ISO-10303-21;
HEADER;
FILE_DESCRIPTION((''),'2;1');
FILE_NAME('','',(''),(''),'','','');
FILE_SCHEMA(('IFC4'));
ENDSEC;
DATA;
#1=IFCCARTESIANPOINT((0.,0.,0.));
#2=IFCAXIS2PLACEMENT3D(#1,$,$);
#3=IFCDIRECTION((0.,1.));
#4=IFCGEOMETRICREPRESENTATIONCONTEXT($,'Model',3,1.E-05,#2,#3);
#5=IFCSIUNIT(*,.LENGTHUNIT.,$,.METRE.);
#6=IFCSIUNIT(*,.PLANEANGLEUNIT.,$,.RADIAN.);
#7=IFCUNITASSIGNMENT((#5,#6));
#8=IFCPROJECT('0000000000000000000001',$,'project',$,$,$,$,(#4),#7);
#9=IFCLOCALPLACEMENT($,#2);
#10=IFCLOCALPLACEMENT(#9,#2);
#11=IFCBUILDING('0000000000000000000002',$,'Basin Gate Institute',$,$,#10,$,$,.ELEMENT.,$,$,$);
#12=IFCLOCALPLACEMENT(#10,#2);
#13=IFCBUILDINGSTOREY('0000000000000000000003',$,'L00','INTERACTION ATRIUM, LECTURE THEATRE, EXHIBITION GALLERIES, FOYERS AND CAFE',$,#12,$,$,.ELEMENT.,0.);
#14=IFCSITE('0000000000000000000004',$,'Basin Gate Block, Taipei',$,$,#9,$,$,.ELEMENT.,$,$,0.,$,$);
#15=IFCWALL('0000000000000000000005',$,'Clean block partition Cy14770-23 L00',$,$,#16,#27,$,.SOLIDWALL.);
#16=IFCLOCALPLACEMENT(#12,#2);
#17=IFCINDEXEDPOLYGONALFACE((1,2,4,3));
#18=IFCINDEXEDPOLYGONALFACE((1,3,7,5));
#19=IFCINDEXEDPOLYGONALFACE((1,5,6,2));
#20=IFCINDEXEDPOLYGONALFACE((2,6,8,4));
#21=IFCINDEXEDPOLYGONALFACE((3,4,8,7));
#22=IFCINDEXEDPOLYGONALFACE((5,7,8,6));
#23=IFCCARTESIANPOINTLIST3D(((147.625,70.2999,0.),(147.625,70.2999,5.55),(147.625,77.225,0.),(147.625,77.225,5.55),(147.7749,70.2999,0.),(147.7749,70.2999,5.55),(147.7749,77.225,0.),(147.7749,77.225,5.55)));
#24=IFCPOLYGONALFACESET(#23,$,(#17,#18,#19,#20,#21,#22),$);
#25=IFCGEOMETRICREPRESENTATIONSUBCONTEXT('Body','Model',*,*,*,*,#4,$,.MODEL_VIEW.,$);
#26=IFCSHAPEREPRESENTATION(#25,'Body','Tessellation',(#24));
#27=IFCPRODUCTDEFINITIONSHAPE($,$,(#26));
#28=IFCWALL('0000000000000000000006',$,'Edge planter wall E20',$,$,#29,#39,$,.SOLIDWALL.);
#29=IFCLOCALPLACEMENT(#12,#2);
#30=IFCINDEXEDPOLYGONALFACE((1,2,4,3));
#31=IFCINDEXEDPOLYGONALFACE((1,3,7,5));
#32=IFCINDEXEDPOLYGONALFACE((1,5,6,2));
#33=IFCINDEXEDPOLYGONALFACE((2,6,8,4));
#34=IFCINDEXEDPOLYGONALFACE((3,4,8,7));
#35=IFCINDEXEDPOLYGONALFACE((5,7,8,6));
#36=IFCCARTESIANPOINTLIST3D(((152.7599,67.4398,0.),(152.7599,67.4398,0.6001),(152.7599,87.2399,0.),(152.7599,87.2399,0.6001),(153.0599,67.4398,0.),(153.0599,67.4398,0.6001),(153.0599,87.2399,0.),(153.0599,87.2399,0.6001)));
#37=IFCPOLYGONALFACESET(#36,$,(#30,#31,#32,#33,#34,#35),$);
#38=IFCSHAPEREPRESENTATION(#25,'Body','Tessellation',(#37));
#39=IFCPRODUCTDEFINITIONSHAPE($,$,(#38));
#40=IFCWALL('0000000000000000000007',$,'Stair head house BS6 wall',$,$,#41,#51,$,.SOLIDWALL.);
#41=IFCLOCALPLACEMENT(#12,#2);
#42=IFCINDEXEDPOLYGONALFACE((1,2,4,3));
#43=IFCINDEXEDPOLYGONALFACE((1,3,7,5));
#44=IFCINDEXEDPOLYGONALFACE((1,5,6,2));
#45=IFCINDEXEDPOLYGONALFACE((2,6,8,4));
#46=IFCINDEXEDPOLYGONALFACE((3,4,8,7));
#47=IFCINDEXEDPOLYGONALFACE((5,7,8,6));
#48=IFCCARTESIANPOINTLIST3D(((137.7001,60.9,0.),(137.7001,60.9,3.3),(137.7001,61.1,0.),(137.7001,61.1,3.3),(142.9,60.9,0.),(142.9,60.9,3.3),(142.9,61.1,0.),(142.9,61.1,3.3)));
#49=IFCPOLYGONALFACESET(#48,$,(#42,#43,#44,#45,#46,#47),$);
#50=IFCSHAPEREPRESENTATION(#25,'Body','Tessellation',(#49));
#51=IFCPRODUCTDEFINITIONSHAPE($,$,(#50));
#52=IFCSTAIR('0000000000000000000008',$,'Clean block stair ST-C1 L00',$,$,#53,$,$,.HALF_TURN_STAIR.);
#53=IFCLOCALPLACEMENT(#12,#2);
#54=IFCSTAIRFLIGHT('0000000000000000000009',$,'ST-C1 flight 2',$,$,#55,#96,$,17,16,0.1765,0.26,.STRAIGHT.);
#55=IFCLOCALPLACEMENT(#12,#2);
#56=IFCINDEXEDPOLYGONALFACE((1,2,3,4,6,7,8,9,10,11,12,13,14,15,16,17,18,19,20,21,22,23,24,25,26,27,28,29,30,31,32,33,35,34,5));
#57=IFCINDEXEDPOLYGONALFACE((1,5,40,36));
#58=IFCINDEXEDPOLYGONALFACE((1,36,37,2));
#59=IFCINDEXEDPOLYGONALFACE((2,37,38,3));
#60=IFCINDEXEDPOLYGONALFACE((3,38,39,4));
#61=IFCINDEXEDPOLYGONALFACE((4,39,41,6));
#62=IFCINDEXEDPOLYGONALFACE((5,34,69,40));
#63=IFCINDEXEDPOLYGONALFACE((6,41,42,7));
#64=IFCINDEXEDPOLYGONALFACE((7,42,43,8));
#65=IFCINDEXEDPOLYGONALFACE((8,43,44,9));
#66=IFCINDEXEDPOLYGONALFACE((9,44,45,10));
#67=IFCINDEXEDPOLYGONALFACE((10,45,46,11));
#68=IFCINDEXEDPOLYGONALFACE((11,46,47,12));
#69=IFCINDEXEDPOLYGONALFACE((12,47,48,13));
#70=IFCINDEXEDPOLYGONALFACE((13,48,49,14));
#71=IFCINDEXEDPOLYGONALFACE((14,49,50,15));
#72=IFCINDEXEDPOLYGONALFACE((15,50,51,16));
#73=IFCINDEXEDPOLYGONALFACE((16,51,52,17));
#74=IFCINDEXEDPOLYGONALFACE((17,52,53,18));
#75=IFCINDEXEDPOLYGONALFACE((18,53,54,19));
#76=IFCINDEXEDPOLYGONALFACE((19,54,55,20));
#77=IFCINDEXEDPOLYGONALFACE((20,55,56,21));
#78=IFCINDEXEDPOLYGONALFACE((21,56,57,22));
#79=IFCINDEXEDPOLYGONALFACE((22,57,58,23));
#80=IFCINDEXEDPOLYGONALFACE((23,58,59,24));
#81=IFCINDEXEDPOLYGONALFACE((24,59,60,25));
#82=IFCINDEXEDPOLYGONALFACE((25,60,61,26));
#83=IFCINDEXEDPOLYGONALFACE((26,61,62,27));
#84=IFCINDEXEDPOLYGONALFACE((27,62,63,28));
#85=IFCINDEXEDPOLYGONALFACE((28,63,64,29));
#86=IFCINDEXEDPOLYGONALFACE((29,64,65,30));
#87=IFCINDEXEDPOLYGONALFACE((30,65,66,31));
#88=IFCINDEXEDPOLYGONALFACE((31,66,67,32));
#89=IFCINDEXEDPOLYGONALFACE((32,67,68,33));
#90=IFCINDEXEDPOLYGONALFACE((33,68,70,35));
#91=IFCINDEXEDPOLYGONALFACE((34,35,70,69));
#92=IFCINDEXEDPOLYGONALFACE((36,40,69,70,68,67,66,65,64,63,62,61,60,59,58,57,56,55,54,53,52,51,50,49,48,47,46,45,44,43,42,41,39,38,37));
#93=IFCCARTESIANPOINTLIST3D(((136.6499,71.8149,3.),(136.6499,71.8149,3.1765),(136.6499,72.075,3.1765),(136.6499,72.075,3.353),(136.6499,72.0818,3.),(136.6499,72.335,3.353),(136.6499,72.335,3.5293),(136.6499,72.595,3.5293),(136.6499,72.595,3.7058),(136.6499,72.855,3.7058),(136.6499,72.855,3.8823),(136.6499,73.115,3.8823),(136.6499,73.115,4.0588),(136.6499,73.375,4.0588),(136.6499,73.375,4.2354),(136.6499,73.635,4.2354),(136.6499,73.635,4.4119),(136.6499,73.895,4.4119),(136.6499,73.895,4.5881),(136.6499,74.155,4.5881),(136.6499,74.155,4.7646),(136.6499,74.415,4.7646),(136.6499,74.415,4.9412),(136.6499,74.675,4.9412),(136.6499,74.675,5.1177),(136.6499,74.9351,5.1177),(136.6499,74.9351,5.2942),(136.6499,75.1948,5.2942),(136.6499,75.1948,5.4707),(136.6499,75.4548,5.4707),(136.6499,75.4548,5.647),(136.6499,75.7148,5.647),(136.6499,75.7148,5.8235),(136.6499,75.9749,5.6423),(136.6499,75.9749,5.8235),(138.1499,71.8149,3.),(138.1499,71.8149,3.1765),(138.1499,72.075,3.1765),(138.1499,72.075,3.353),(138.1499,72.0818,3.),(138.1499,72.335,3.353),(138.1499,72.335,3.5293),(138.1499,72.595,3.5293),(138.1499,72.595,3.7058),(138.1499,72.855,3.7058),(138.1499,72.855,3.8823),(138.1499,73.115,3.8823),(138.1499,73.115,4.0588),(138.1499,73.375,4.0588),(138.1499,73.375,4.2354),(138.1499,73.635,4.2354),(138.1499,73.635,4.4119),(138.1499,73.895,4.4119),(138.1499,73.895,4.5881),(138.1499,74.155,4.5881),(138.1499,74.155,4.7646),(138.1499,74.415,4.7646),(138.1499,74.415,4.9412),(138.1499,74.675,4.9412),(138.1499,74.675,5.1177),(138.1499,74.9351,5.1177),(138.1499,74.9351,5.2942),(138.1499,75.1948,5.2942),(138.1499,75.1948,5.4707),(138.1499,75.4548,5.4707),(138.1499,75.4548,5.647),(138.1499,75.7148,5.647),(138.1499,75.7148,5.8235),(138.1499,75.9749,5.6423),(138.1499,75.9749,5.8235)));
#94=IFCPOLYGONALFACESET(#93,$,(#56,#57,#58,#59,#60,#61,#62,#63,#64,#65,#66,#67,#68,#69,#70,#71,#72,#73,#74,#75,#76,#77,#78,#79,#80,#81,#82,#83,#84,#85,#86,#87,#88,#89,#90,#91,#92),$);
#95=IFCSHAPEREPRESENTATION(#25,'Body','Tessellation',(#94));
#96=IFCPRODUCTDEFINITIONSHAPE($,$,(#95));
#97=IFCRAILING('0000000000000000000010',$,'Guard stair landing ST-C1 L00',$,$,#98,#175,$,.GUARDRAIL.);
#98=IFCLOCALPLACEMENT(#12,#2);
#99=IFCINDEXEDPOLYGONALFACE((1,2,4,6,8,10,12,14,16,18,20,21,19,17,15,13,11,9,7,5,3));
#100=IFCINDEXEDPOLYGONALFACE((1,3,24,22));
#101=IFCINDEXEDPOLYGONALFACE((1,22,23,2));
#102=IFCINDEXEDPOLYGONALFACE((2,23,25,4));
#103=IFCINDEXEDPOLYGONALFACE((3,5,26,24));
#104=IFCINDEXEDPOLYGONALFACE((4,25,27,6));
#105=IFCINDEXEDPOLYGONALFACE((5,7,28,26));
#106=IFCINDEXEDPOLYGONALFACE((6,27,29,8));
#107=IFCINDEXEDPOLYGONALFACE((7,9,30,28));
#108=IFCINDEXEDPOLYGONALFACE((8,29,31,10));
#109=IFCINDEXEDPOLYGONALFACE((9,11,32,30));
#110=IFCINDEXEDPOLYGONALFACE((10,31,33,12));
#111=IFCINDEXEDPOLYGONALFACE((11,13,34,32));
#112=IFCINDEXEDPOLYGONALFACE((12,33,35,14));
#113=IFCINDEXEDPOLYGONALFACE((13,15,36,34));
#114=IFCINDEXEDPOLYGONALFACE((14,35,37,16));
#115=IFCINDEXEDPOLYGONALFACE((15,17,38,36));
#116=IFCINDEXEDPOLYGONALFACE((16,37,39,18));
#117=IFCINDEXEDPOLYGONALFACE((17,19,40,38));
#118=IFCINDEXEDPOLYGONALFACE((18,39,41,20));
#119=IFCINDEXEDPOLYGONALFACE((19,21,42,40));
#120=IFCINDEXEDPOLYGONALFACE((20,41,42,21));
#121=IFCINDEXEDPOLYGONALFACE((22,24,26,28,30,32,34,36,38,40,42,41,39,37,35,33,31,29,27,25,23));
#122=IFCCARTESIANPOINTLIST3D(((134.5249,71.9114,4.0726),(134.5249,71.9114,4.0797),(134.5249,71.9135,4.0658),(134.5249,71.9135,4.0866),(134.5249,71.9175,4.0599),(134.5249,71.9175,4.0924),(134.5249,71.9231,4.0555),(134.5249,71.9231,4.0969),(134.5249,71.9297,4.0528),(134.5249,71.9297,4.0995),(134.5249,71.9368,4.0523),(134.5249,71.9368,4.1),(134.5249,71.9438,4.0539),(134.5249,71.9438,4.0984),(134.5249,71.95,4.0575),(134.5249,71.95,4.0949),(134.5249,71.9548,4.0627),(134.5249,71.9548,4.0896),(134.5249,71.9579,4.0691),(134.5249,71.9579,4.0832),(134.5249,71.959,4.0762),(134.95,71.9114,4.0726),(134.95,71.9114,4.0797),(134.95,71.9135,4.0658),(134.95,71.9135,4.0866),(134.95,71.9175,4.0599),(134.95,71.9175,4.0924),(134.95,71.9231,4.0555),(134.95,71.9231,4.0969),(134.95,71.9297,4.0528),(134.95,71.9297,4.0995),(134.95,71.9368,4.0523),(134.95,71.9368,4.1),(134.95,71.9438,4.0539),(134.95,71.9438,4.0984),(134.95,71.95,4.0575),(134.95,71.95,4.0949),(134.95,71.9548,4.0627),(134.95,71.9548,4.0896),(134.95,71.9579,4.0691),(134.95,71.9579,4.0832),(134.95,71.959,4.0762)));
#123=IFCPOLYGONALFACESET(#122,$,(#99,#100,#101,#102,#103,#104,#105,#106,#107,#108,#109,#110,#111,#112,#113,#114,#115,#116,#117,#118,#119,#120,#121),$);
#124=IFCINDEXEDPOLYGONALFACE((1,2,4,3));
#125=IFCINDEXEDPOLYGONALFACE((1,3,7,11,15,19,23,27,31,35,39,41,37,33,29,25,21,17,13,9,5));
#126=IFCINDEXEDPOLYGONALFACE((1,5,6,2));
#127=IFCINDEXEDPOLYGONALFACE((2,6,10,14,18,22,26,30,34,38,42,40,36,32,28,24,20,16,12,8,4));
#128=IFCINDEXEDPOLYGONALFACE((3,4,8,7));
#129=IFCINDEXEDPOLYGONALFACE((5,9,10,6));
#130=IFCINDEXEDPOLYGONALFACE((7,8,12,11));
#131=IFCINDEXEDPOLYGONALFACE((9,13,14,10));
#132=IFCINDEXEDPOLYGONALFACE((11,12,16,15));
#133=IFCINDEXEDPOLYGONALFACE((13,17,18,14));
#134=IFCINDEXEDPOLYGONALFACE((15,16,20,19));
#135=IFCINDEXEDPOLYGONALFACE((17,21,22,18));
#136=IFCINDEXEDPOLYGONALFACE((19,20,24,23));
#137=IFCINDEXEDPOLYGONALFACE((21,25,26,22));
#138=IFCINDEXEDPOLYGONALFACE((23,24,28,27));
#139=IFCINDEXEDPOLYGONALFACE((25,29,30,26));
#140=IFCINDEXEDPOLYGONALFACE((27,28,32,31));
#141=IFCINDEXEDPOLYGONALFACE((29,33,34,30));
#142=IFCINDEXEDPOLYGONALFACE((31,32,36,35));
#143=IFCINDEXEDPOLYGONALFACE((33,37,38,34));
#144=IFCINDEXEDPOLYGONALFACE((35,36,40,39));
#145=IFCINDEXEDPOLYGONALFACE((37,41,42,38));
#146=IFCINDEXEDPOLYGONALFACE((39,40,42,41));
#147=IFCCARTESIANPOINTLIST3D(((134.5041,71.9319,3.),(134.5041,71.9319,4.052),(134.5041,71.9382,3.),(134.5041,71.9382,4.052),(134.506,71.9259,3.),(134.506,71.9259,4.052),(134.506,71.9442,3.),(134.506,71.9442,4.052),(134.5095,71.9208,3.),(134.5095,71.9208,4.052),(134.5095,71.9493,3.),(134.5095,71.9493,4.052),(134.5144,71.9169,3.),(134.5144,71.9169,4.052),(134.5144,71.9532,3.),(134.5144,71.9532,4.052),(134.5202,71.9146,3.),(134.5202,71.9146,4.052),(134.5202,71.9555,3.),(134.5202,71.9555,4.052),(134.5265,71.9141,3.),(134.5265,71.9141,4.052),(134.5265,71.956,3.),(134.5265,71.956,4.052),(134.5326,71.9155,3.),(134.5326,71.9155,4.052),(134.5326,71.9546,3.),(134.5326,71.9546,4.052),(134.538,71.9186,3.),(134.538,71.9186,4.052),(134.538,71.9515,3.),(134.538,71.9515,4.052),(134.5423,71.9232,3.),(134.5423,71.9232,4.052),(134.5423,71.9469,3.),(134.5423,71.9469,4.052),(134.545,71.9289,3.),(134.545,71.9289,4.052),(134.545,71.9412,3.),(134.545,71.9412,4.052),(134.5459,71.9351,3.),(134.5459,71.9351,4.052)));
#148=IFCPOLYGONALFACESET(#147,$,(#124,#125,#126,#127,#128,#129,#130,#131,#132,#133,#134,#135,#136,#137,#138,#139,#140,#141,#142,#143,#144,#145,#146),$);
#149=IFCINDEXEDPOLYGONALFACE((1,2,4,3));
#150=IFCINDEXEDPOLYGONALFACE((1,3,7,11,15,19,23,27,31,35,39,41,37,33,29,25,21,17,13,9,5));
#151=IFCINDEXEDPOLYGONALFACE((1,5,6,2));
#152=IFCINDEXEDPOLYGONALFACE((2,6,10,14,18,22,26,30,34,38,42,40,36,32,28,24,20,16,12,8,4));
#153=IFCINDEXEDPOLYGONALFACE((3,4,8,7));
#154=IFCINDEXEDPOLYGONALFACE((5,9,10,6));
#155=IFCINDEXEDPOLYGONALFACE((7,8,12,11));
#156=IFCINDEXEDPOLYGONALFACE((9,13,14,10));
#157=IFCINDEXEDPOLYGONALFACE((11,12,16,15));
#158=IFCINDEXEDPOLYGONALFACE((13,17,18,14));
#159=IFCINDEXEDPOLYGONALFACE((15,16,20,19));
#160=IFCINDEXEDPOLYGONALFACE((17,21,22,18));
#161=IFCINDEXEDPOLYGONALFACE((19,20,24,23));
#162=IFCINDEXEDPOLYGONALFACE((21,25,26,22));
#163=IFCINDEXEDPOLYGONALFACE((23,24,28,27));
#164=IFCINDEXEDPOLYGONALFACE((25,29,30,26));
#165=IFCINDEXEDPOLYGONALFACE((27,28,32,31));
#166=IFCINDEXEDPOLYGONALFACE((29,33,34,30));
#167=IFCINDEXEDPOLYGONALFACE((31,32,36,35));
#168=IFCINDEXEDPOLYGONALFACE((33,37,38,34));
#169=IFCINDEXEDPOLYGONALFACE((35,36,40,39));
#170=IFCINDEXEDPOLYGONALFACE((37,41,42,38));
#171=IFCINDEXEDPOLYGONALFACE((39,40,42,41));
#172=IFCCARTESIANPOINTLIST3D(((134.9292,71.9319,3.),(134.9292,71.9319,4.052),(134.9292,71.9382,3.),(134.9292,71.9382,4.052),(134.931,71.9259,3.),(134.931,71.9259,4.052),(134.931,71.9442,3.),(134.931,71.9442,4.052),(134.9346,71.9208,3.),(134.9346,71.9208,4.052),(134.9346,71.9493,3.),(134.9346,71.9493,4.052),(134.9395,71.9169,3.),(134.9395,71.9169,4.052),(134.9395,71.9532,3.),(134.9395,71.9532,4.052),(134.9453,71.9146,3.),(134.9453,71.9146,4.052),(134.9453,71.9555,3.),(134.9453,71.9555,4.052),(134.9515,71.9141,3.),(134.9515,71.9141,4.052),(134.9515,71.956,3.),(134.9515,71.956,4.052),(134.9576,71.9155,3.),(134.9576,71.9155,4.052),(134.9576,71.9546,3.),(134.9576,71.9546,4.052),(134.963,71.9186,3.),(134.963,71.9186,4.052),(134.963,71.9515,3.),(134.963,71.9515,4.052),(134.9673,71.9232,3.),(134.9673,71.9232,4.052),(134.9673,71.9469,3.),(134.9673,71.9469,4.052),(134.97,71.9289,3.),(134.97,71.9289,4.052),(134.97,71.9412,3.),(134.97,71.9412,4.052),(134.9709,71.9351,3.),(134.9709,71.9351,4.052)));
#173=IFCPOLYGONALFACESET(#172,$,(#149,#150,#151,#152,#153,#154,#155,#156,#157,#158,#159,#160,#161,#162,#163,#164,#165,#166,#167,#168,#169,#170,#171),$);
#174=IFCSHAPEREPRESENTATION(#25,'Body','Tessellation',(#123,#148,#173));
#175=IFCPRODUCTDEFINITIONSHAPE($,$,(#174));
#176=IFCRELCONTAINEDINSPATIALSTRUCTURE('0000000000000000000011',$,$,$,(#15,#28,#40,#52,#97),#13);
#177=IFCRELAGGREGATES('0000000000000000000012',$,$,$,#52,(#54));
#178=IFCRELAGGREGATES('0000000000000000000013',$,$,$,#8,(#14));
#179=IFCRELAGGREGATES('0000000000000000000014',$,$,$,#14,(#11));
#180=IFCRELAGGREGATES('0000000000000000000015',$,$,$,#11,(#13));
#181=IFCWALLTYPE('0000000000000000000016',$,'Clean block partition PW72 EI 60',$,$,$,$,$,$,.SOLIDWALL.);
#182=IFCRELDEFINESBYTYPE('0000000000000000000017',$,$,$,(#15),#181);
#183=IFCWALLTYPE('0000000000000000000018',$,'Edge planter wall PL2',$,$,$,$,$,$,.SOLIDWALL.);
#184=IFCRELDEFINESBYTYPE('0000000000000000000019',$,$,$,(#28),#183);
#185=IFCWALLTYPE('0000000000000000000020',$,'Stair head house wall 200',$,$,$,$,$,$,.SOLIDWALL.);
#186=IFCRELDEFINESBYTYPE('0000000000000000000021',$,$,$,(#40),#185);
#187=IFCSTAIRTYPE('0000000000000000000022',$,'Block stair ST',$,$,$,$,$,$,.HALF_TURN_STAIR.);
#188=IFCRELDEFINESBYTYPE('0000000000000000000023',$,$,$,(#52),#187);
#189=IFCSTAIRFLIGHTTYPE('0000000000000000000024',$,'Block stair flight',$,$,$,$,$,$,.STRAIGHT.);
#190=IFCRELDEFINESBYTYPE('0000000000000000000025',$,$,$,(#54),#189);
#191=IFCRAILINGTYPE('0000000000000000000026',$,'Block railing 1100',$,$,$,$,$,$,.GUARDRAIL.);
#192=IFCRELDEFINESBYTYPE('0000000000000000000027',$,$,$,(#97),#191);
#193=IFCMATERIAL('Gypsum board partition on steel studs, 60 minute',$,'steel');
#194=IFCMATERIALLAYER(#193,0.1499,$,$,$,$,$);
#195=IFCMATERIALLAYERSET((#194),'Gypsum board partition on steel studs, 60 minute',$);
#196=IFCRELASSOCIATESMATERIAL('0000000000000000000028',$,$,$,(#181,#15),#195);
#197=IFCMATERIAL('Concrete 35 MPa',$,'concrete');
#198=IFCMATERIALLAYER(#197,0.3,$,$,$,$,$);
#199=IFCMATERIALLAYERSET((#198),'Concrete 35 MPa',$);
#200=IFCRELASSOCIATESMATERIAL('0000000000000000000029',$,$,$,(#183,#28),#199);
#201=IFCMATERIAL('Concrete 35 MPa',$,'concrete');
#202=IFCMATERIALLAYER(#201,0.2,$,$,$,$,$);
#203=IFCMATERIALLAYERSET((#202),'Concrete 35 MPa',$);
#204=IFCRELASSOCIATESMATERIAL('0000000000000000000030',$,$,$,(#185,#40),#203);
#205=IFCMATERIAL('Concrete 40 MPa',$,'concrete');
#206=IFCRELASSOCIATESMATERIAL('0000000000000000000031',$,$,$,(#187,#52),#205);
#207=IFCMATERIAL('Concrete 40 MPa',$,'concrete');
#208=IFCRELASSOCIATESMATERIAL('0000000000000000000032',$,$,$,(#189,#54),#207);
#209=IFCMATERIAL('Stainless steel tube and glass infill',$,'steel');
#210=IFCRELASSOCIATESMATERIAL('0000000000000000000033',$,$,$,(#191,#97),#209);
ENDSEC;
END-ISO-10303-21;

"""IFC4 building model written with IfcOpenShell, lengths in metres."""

from ifc_helpers import new_model, si_unit, direction, frame, frame_2d, origin, origin_2d, place, context, subcontext, project, spatial, polyline, rectangle, circle, outline, extrude, material, layer, layer_set, type_object, element, aggregate, save


model = new_model("IFC4")

# Units and contexts
model_context = context("Model", 3, precision=1e-05, world=origin(), true_north=direction((0.0, 1.0)))
body_context = subcontext(model_context, "Body", "Model", "MODEL_VIEW")
ifc_project = project(units=[si_unit("LENGTHUNIT", "METRE"), si_unit("PLANEANGLEUNIT", "RADIAN")], contexts=[model_context])

# Site, building, storey
site_placement = place(None, origin())
site = spatial("IfcSite", under=ifc_project, at=site_placement, Name="Basin Gate Block, Taipei", CompositionType="ELEMENT", RefElevation=0.0)
building_placement = place(site_placement, origin())
building = spatial("IfcBuilding", under=site, at=building_placement, Name="Basin Gate Institute", CompositionType="ELEMENT")
storey_placement = place(building_placement, origin())
storey = spatial("IfcBuildingStorey", under=building, at=storey_placement, Name="L00", Description="INTERACTION ATRIUM, LECTURE THEATRE, EXHIBITION GALLERIES, FOYERS AND CAFE", CompositionType="ELEMENT", Elevation=0.0)

# Shared definitions
ifc_material_1 = material(Name="Gypsum board partition on steel studs, 60 minute", Category="steel")
ifc_layer_1 = layer(ifc_material_1, 0.1499)
ifc_layer_set_1 = layer_set([ifc_layer_1], Name="Gypsum board partition on steel studs, 60 minute")
wall_type_1 = type_object("IfcWallType", Name="Clean block partition PW72 EI 60", PredefinedType="SOLIDWALL", material=ifc_layer_set_1)

# Walls
wall_1_placement = place(storey_placement, frame((147.7, 70.3, 0.0), z_axis=(0.0, 0.0, 1.0), x_axis=(0.0, 1.0, 0.0)))
element("IfcWall", 1, at=wall_1_placement, inside=storey, type_object=wall_type_1, material=ifc_layer_set_1, Name="Clean block partition Cy14770-23 L00", PredefinedType="SOLIDWALL", context=body_context, shape_type="SweptSolid", body=[
    extrude(rectangle(XDim=6.925, YDim=0.1499, at=frame_2d((3.4624, 0.0))), origin(), (0.0, 0.0, 1.0), 5.55),
])
ifc_material_2 = material(Name="Concrete 35 MPa", Category="concrete")
ifc_layer_2 = layer(ifc_material_2, 0.3)
ifc_layer_set_2 = layer_set([ifc_layer_2], Name="Concrete 35 MPa")
wall_type_2 = type_object("IfcWallType", Name="Edge planter wall PL2", PredefinedType="SOLIDWALL", material=ifc_layer_set_2)
wall_2_placement = place(storey_placement, frame((152.9099, 67.4399, 0.0), z_axis=(0.0, 0.0, 1.0), x_axis=(0.0, 1.0, 0.0)))
element("IfcWall", 2, at=wall_2_placement, inside=storey, type_object=wall_type_2, material=ifc_layer_set_2, Name="Edge planter wall E20", PredefinedType="SOLIDWALL", context=body_context, shape_type="SweptSolid", body=[
    extrude(rectangle(XDim=19.8, YDim=0.3, at=frame_2d((9.8999, 0.0))), origin(), (0.0, 0.0, 1.0), 0.6001),
])
ifc_material_3 = material(Name="Concrete 35 MPa", Category="concrete")
ifc_layer_3 = layer(ifc_material_3, 0.2)
ifc_layer_set_3 = layer_set([ifc_layer_3], Name="Concrete 35 MPa")
wall_type_3 = type_object("IfcWallType", Name="Stair head house wall 200", PredefinedType="SOLIDWALL", material=ifc_layer_set_3)
wall_3_placement = place(storey_placement, frame((137.7, 61.0, 0.0), z_axis=(0.0, 0.0, 1.0), x_axis=(1.0, 0.0, 0.0)))
element("IfcWall", 3, at=wall_3_placement, inside=storey, type_object=wall_type_3, material=ifc_layer_set_3, Name="Stair head house BS6 wall", PredefinedType="SOLIDWALL", context=body_context, shape_type="SweptSolid", body=[
    extrude(rectangle(XDim=5.2, YDim=0.2, at=frame_2d((2.6001, 0.0))), origin(), (0.0, 0.0, 1.0), 3.3),
])

# Stair, stair flight
ifc_material_4 = material(Name="Concrete 40 MPa", Category="concrete")
stair_type = type_object("IfcStairType", Name="Block stair ST", PredefinedType="HALF_TURN_STAIR", material=ifc_material_4)
stair_placement = place(storey_placement, origin())
stair = element("IfcStair", 4, at=stair_placement, inside=storey, type_object=stair_type, material=ifc_material_4, Name="Clean block stair ST-C1 L00", PredefinedType="HALF_TURN_STAIR")
ifc_material_5 = material(Name="Concrete 40 MPa", Category="concrete")
stair_flight_type = type_object("IfcStairFlightType", Name="Block stair flight", PredefinedType="STRAIGHT", material=ifc_material_5)
stair_flight_placement = place(storey_placement, frame((137.3999, 71.8149, 3.0), z_axis=(0.0, 0.0, 1.0), x_axis=(0.0, 1.0, 0.0)))
stair_flight = element("IfcStairFlight", 5, at=stair_flight_placement, type_object=stair_flight_type, material=ifc_material_5, Name="ST-C1 flight 2", NumberOfRisers=17, NumberOfTreads=16, PredefinedType="STRAIGHT", RiserHeight=0.1765, TreadLength=0.26, context=body_context, shape_type="SweptSolid", body=[
    extrude(outline(polyline([(0.0, 0.0), (0.0, 0.1765), (0.26, 0.1765), (0.26, 0.353), (0.52, 0.353), (0.52, 0.5293), (0.78, 0.5293), (0.78, 0.7058), (1.04, 0.7058), (1.04, 0.8823), (1.3, 0.8823), (1.3, 1.0588), (1.5601, 1.0588), (1.5601, 1.2354), (1.8201, 1.2354), (1.8201, 1.4119), (2.0801, 1.4119), (2.0801, 1.5881), (2.3401, 1.5881), (2.3401, 1.7646), (2.6001, 1.7646), (2.6001, 1.9412), (2.8601, 1.9412), (2.8601, 2.1177), (3.1201, 2.1177), (3.1201, 2.2942), (3.3799, 2.2942), (3.3799, 2.4707), (3.6399, 2.4707), (3.6399, 2.647), (3.8999, 2.647), (3.8999, 2.8235), (4.1599, 2.8235), (4.1599, 3.0), (4.1599, 2.6423), (0.2668, 0.0), (0.0, 0.0)])), frame((0.0, 0.75, 0.0), z_axis=(0.0, -1.0, 0.0), x_axis=(1.0, 0.0, 0.0)), (0.0, 0.0, 1.0), 1.5),
])
aggregate(stair, [stair_flight])

# Railing
ifc_material_6 = material(Name="Stainless steel tube and glass infill", Category="steel")
railing_type_1 = type_object("IfcRailingType", Name="Block railing 1100", PredefinedType="GUARDRAIL", material=ifc_material_6)
for number, where, name in (
    (6, (134.5249, 71.9351, 3.0), "Guard stair landing ST-C1 L00"),
):
    element("IfcRailing", number, at=place(storey_placement, frame(where)), inside=storey, type_object=railing_type_1, material=ifc_material_6, Name=name, PredefinedType="GUARDRAIL", context=body_context, shape_type="SweptSolid", body=[
        extrude(circle(Radius=0.0239, at=origin_2d()), frame((0.0, 0.0, 1.0762), z_axis=(1.0, 0.0, 0.0), x_axis=(0.0, 1.0, 0.0)), (0.0, 0.0, 1.0), 0.425),
        extrude(circle(Radius=0.021, at=origin_2d()), origin(), (0.0, 0.0, 1.0), 1.052),
        extrude(circle(Radius=0.021, at=origin_2d()), frame((0.425, 0.0, 0.0)), (0.0, 0.0, 1.0), 1.052),
    ])

save(model, "model.ifc")
